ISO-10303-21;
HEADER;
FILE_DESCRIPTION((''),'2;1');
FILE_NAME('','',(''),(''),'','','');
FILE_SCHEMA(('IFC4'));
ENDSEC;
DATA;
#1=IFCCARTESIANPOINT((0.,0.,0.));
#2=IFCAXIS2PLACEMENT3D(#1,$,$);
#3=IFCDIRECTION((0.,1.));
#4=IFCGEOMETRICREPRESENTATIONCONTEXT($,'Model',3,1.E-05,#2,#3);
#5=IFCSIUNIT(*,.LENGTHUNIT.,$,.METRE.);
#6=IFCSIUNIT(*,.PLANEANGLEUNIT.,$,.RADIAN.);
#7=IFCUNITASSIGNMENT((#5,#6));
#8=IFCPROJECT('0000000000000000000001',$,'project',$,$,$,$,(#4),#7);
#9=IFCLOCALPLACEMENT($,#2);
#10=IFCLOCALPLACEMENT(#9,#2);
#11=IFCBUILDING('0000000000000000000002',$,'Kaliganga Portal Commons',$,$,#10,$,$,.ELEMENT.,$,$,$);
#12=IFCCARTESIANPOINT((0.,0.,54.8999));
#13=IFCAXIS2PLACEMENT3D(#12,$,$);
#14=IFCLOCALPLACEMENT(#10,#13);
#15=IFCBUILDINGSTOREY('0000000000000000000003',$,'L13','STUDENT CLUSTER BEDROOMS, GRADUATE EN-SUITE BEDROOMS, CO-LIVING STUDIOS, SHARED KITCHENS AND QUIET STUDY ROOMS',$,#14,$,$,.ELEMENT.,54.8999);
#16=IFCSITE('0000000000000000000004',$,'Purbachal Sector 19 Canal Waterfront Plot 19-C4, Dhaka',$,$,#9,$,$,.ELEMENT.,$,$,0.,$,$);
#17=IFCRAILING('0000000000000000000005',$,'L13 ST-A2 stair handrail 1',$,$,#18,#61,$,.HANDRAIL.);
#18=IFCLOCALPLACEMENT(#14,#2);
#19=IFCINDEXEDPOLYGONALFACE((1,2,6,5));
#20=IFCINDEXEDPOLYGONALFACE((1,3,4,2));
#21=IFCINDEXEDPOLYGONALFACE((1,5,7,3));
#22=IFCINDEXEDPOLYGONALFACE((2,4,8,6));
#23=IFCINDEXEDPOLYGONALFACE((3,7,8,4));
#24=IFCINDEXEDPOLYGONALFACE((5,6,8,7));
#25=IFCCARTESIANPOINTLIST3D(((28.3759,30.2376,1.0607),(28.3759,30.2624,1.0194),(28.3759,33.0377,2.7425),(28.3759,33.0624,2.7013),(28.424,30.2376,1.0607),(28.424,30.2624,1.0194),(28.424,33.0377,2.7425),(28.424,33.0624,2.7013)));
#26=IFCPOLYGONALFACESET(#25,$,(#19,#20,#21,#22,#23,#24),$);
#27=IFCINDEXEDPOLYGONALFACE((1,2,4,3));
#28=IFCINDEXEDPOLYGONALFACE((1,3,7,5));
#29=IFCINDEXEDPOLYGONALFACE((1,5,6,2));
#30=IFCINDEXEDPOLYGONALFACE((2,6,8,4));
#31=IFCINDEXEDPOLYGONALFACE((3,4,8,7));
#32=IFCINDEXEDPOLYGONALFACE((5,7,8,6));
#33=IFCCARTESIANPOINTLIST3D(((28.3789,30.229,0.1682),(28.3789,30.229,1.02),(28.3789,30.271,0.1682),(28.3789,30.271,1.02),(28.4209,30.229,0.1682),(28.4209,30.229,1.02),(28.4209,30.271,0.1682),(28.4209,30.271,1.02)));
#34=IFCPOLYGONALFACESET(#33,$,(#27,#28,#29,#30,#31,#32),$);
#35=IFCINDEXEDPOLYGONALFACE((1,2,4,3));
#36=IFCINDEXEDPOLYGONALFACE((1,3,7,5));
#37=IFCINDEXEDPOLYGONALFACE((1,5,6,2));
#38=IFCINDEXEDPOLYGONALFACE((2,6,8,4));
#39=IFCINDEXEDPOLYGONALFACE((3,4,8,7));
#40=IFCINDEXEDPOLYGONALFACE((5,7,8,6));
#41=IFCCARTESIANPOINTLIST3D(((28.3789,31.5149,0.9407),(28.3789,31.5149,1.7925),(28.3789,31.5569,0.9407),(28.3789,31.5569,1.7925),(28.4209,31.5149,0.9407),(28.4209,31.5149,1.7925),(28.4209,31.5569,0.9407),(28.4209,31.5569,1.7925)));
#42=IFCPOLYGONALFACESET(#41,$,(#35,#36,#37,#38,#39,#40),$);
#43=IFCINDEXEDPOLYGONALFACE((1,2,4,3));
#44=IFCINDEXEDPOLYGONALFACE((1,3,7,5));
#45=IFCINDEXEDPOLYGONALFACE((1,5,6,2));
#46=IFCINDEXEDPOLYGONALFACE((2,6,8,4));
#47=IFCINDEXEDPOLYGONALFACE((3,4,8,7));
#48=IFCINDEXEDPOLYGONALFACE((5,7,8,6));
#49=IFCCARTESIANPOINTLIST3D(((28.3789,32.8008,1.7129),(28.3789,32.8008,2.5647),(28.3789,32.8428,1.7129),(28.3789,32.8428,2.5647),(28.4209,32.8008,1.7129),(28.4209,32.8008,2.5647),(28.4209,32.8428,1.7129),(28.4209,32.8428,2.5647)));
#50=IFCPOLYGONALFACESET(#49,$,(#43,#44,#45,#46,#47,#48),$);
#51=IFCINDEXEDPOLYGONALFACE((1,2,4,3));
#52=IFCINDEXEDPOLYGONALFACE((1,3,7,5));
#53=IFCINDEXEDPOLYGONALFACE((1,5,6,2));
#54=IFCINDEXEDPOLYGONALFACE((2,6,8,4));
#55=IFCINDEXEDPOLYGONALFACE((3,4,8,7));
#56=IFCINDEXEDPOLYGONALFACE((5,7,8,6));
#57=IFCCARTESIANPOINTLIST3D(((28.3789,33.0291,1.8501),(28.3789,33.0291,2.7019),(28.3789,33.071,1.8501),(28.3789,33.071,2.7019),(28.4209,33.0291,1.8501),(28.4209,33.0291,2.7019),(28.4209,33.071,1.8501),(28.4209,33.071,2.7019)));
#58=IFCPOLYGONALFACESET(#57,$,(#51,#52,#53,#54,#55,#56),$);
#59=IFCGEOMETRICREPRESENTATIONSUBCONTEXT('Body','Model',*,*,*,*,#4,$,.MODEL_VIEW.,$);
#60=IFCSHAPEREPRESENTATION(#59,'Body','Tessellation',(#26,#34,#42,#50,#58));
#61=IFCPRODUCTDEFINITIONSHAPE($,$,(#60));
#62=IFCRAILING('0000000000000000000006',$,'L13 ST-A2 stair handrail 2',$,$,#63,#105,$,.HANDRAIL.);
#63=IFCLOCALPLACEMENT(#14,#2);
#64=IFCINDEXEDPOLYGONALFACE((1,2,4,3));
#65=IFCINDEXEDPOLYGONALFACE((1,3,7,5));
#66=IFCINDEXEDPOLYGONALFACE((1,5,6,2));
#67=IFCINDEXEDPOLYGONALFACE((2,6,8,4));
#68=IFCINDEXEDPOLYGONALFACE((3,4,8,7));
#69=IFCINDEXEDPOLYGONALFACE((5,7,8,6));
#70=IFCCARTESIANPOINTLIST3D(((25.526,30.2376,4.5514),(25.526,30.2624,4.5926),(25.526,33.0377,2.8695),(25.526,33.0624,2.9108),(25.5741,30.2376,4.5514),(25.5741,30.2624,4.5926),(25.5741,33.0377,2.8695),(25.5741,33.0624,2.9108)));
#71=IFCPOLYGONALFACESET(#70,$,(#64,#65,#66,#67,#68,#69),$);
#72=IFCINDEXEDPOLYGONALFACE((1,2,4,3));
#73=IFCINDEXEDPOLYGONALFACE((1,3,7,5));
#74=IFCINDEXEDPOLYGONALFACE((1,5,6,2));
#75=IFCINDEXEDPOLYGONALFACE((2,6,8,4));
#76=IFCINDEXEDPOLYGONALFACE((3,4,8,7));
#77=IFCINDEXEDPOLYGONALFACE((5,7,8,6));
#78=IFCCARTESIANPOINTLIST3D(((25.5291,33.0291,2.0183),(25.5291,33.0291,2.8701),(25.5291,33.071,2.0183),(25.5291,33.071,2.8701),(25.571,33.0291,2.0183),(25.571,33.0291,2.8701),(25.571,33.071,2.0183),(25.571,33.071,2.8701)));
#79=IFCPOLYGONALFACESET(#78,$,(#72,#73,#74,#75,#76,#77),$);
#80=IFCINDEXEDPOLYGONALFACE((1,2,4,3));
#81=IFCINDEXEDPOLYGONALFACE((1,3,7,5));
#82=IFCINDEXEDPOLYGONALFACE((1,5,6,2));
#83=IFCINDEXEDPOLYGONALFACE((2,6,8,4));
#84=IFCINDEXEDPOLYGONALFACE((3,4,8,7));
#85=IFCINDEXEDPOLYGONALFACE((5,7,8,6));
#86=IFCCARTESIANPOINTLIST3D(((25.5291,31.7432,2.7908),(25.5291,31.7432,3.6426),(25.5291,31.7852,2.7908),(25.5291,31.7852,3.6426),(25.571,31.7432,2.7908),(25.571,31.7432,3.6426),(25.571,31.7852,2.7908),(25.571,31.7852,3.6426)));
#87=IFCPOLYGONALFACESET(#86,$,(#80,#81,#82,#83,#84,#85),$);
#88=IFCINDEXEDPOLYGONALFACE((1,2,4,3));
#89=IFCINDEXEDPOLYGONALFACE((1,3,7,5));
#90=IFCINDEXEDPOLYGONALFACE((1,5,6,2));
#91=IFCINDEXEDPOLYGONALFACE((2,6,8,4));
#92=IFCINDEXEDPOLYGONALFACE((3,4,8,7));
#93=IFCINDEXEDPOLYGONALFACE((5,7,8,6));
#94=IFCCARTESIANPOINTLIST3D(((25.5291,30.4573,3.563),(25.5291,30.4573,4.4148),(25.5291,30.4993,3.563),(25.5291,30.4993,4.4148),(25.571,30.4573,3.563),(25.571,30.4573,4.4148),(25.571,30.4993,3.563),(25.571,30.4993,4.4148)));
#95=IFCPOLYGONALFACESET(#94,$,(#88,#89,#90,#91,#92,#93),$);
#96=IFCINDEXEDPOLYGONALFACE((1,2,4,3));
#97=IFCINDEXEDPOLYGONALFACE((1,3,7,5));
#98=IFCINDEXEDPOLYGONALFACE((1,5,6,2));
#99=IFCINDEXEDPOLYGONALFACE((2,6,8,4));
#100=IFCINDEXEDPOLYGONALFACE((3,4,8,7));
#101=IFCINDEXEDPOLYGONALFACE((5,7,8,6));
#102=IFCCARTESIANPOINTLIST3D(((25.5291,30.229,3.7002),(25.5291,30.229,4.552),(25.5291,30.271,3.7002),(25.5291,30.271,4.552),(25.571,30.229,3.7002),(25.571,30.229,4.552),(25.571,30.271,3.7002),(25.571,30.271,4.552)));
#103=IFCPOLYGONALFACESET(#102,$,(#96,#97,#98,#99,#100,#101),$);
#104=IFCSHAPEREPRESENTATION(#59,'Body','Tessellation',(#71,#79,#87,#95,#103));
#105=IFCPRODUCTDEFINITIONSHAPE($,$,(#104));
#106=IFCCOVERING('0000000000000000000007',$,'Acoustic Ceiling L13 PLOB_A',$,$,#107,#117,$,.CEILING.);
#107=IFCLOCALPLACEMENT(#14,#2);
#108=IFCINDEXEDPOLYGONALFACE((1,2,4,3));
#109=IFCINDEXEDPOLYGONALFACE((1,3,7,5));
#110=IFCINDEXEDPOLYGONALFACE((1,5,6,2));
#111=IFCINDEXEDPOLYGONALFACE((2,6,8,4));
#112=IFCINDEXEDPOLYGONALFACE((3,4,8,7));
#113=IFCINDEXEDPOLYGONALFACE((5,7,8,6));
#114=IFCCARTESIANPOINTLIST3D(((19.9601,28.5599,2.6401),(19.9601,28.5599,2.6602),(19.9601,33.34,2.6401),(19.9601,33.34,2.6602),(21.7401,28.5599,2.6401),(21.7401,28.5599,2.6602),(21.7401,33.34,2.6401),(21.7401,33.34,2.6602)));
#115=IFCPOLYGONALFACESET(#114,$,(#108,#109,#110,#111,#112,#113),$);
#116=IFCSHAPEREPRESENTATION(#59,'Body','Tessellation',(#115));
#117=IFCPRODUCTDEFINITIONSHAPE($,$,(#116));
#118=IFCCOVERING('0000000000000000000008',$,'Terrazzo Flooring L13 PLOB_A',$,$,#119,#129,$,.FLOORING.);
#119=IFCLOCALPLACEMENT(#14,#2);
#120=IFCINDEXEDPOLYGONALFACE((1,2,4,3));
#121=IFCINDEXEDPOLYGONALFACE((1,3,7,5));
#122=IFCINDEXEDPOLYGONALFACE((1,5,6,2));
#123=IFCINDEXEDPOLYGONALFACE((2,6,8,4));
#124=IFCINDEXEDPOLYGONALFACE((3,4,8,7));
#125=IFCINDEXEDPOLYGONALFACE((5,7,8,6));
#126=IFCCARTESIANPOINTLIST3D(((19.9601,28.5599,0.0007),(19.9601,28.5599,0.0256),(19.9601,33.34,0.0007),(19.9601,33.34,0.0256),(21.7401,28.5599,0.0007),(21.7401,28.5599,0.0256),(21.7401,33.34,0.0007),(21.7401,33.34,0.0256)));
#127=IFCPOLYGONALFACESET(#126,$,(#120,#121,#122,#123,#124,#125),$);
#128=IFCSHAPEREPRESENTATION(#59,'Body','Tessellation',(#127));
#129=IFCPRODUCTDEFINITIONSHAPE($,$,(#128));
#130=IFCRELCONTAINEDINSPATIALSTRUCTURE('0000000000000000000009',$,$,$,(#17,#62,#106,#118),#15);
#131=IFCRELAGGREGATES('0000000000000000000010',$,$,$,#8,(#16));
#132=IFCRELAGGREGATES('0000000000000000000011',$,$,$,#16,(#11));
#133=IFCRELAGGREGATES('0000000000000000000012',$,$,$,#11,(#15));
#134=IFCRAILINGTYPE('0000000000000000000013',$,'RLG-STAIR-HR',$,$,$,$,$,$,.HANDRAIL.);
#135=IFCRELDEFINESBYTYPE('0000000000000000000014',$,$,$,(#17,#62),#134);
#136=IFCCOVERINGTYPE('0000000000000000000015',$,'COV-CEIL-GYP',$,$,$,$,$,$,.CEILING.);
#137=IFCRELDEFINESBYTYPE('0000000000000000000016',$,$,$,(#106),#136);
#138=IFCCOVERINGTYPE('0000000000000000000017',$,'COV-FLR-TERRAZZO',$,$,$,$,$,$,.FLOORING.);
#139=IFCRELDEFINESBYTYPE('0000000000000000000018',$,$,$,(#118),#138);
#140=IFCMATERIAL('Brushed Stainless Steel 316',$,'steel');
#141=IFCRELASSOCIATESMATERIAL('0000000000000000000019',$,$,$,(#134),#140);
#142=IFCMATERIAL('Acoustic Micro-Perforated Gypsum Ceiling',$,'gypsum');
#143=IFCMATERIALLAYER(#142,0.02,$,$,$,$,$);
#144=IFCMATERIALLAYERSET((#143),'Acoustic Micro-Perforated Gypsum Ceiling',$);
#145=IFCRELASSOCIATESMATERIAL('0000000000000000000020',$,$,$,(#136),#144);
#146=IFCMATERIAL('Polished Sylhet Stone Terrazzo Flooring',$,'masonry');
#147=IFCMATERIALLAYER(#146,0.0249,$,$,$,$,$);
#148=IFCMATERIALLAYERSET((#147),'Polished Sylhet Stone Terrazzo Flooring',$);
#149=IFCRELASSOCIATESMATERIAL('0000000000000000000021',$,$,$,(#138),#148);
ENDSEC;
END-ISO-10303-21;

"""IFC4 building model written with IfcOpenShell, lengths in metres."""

from ifc_helpers import new_model, si_unit, direction, frame, origin, origin_2d, place, context, subcontext, project, spatial, rectangle, extrude, source, transform, mapped, material, layer, layer_set, type_object, element, save


model = new_model("IFC4")

# Units and contexts
model_context = context("Model", 3, precision=1e-05, world=origin(), true_north=direction((0.0, 1.0)))
body_context = subcontext(model_context, "Body", "Model", "MODEL_VIEW")
ifc_project = project(units=[si_unit("LENGTHUNIT", "METRE"), si_unit("PLANEANGLEUNIT", "RADIAN")], contexts=[model_context])

# Site, building, storey
site_placement = place(None, origin())
site = spatial("IfcSite", under=ifc_project, at=site_placement, Name="Purbachal Sector 19 Canal Waterfront Plot 19-C4, Dhaka", CompositionType="ELEMENT", RefElevation=0.0)
building_placement = place(site_placement, origin())
building = spatial("IfcBuilding", under=site, at=building_placement, Name="Kaliganga Portal Commons", CompositionType="ELEMENT")
storey_placement = place(building_placement, frame((0.0, 0.0, 54.8999)))
storey = spatial("IfcBuildingStorey", under=building, at=storey_placement, Name="L13", Description="STUDENT CLUSTER BEDROOMS, GRADUATE EN-SUITE BEDROOMS, CO-LIVING STUDIOS, SHARED KITCHENS AND QUIET STUDY ROOMS", CompositionType="ELEMENT", Elevation=54.8999)

# Railings
ifc_material_1 = material(Name="Brushed Stainless Steel 316", Category="steel")
railing_type_1 = type_object("IfcRailingType", Name="RLG-STAIR-HR", PredefinedType="HANDRAIL", material=ifc_material_1)
railing_1_placement = place(storey_placement, frame((28.3999, 30.25, 0.1682)))
element("IfcRailing", 1, at=railing_1_placement, inside=storey, type_object=railing_type_1, Name="L13 ST-A2 stair handrail 1", PredefinedType="HANDRAIL", context=body_context, shape_type="SweptSolid", body=[
    extrude(rectangle(XDim=0.0481, YDim=0.0481, at=origin_2d()), frame((0.0, 0.0, 0.8718), z_axis=(0.0, 0.857242, 0.514913), x_axis=(-1.0, 0.0, 0.0)), (0.0, 0.0, 1.0), 3.2664),
    extrude(rectangle(XDim=0.042, YDim=0.042, at=origin_2d()), origin(), (0.0, 0.0, 1.0), 0.8518),
    extrude(rectangle(XDim=0.042, YDim=0.042, at=origin_2d()), frame((0.0, 1.2859, 0.7725)), (0.0, 0.0, 1.0), 0.8518),
    extrude(rectangle(XDim=0.042, YDim=0.042, at=origin_2d()), frame((0.0, 2.5718, 1.5447)), (0.0, 0.0, 1.0), 0.8518),
    extrude(rectangle(XDim=0.042, YDim=0.042, at=origin_2d()), frame((0.0, 2.8, 1.6819)), (0.0, 0.0, 1.0), 0.8518),
])
railing_2_placement = place(storey_placement, frame((25.55, 33.05, 2.0183)))
element("IfcRailing", 2, at=railing_2_placement, inside=storey, type_object=railing_type_1, Name="L13 ST-A2 stair handrail 2", PredefinedType="HANDRAIL", context=body_context, shape_type="SweptSolid", body=[
    extrude(rectangle(XDim=0.0481, YDim=0.0481, at=origin_2d()), frame((0.0, 0.0, 0.8718), z_axis=(0.0, -0.857242, 0.514913), x_axis=(1.0, 0.0, 0.0)), (0.0, 0.0, 1.0), 3.2664),
    extrude(rectangle(XDim=0.042, YDim=0.042, at=origin_2d()), origin(), (0.0, 0.0, 1.0), 0.8518),
    extrude(rectangle(XDim=0.042, YDim=0.042, at=origin_2d()), frame((0.0, -1.2859, 0.7725)), (0.0, 0.0, 1.0), 0.8518),
    extrude(rectangle(XDim=0.042, YDim=0.042, at=origin_2d()), frame((0.0, -2.5718, 1.5447)), (0.0, 0.0, 1.0), 0.8518),
    extrude(rectangle(XDim=0.042, YDim=0.042, at=origin_2d()), frame((0.0, -2.8, 1.6819)), (0.0, 0.0, 1.0), 0.8518),
])

# Coverings
ifc_material_2 = material(Name="Acoustic Micro-Perforated Gypsum Ceiling", Category="gypsum")
ifc_layer_1 = layer(ifc_material_2, 0.02)
ifc_layer_set_1 = layer_set([ifc_layer_1], Name="Acoustic Micro-Perforated Gypsum Ceiling")
covering_type_1 = type_object("IfcCoveringType", Name="COV-CEIL-GYP", PredefinedType="CEILING", material=ifc_layer_set_1)
shared_shape_1 = source(origin(), body_context, "Body", "SweptSolid", [
    extrude(rectangle(XDim=1.78, YDim=4.78, at=origin_2d()), origin(), (0.0, 0.0, 1.0), 0.02),
])
covering_1_placement = place(storey_placement, frame((20.8501, 30.95, 2.6401), z_axis=(0.0, 0.0, 1.0), x_axis=(1.0, 0.0, 0.0)))
element("IfcCovering", 3, at=covering_1_placement, inside=storey, type_object=covering_type_1, Name="Acoustic Ceiling L13 PLOB_A", PredefinedType="CEILING", context=body_context, shape_type="MappedRepresentation", body=[
    mapped(shared_shape_1, transform((0.0, 0.0, 0.0), x_axis=(1.0, 0.0, 0.0), y_axis=(0.0, 1.0, 0.0), z_axis=(0.0, 0.0, 1.0), scale=1.0)),
])
ifc_material_3 = material(Name="Polished Sylhet Stone Terrazzo Flooring", Category="masonry")
ifc_layer_2 = layer(ifc_material_3, 0.0249)
ifc_layer_set_2 = layer_set([ifc_layer_2], Name="Polished Sylhet Stone Terrazzo Flooring")
covering_type_2 = type_object("IfcCoveringType", Name="COV-FLR-TERRAZZO", PredefinedType="FLOORING", material=ifc_layer_set_2)
shared_shape_2 = source(origin(), body_context, "Body", "SweptSolid", [
    extrude(rectangle(XDim=1.78, YDim=4.78, at=origin_2d()), origin(), (0.0, 0.0, 1.0), 0.0249),
])
covering_2_placement = place(storey_placement, frame((20.8501, 30.95, 0.0007), z_axis=(0.0, 0.0, 1.0), x_axis=(1.0, 0.0, 0.0)))
element("IfcCovering", 4, at=covering_2_placement, inside=storey, type_object=covering_type_2, Name="Terrazzo Flooring L13 PLOB_A", PredefinedType="FLOORING", context=body_context, shape_type="MappedRepresentation", body=[
    mapped(shared_shape_2, transform((0.0, 0.0, 0.0), x_axis=(1.0, 0.0, 0.0), y_axis=(0.0, 1.0, 0.0), z_axis=(0.0, 0.0, 1.0), scale=1.0)),
])

save(model, "model.ifc")
